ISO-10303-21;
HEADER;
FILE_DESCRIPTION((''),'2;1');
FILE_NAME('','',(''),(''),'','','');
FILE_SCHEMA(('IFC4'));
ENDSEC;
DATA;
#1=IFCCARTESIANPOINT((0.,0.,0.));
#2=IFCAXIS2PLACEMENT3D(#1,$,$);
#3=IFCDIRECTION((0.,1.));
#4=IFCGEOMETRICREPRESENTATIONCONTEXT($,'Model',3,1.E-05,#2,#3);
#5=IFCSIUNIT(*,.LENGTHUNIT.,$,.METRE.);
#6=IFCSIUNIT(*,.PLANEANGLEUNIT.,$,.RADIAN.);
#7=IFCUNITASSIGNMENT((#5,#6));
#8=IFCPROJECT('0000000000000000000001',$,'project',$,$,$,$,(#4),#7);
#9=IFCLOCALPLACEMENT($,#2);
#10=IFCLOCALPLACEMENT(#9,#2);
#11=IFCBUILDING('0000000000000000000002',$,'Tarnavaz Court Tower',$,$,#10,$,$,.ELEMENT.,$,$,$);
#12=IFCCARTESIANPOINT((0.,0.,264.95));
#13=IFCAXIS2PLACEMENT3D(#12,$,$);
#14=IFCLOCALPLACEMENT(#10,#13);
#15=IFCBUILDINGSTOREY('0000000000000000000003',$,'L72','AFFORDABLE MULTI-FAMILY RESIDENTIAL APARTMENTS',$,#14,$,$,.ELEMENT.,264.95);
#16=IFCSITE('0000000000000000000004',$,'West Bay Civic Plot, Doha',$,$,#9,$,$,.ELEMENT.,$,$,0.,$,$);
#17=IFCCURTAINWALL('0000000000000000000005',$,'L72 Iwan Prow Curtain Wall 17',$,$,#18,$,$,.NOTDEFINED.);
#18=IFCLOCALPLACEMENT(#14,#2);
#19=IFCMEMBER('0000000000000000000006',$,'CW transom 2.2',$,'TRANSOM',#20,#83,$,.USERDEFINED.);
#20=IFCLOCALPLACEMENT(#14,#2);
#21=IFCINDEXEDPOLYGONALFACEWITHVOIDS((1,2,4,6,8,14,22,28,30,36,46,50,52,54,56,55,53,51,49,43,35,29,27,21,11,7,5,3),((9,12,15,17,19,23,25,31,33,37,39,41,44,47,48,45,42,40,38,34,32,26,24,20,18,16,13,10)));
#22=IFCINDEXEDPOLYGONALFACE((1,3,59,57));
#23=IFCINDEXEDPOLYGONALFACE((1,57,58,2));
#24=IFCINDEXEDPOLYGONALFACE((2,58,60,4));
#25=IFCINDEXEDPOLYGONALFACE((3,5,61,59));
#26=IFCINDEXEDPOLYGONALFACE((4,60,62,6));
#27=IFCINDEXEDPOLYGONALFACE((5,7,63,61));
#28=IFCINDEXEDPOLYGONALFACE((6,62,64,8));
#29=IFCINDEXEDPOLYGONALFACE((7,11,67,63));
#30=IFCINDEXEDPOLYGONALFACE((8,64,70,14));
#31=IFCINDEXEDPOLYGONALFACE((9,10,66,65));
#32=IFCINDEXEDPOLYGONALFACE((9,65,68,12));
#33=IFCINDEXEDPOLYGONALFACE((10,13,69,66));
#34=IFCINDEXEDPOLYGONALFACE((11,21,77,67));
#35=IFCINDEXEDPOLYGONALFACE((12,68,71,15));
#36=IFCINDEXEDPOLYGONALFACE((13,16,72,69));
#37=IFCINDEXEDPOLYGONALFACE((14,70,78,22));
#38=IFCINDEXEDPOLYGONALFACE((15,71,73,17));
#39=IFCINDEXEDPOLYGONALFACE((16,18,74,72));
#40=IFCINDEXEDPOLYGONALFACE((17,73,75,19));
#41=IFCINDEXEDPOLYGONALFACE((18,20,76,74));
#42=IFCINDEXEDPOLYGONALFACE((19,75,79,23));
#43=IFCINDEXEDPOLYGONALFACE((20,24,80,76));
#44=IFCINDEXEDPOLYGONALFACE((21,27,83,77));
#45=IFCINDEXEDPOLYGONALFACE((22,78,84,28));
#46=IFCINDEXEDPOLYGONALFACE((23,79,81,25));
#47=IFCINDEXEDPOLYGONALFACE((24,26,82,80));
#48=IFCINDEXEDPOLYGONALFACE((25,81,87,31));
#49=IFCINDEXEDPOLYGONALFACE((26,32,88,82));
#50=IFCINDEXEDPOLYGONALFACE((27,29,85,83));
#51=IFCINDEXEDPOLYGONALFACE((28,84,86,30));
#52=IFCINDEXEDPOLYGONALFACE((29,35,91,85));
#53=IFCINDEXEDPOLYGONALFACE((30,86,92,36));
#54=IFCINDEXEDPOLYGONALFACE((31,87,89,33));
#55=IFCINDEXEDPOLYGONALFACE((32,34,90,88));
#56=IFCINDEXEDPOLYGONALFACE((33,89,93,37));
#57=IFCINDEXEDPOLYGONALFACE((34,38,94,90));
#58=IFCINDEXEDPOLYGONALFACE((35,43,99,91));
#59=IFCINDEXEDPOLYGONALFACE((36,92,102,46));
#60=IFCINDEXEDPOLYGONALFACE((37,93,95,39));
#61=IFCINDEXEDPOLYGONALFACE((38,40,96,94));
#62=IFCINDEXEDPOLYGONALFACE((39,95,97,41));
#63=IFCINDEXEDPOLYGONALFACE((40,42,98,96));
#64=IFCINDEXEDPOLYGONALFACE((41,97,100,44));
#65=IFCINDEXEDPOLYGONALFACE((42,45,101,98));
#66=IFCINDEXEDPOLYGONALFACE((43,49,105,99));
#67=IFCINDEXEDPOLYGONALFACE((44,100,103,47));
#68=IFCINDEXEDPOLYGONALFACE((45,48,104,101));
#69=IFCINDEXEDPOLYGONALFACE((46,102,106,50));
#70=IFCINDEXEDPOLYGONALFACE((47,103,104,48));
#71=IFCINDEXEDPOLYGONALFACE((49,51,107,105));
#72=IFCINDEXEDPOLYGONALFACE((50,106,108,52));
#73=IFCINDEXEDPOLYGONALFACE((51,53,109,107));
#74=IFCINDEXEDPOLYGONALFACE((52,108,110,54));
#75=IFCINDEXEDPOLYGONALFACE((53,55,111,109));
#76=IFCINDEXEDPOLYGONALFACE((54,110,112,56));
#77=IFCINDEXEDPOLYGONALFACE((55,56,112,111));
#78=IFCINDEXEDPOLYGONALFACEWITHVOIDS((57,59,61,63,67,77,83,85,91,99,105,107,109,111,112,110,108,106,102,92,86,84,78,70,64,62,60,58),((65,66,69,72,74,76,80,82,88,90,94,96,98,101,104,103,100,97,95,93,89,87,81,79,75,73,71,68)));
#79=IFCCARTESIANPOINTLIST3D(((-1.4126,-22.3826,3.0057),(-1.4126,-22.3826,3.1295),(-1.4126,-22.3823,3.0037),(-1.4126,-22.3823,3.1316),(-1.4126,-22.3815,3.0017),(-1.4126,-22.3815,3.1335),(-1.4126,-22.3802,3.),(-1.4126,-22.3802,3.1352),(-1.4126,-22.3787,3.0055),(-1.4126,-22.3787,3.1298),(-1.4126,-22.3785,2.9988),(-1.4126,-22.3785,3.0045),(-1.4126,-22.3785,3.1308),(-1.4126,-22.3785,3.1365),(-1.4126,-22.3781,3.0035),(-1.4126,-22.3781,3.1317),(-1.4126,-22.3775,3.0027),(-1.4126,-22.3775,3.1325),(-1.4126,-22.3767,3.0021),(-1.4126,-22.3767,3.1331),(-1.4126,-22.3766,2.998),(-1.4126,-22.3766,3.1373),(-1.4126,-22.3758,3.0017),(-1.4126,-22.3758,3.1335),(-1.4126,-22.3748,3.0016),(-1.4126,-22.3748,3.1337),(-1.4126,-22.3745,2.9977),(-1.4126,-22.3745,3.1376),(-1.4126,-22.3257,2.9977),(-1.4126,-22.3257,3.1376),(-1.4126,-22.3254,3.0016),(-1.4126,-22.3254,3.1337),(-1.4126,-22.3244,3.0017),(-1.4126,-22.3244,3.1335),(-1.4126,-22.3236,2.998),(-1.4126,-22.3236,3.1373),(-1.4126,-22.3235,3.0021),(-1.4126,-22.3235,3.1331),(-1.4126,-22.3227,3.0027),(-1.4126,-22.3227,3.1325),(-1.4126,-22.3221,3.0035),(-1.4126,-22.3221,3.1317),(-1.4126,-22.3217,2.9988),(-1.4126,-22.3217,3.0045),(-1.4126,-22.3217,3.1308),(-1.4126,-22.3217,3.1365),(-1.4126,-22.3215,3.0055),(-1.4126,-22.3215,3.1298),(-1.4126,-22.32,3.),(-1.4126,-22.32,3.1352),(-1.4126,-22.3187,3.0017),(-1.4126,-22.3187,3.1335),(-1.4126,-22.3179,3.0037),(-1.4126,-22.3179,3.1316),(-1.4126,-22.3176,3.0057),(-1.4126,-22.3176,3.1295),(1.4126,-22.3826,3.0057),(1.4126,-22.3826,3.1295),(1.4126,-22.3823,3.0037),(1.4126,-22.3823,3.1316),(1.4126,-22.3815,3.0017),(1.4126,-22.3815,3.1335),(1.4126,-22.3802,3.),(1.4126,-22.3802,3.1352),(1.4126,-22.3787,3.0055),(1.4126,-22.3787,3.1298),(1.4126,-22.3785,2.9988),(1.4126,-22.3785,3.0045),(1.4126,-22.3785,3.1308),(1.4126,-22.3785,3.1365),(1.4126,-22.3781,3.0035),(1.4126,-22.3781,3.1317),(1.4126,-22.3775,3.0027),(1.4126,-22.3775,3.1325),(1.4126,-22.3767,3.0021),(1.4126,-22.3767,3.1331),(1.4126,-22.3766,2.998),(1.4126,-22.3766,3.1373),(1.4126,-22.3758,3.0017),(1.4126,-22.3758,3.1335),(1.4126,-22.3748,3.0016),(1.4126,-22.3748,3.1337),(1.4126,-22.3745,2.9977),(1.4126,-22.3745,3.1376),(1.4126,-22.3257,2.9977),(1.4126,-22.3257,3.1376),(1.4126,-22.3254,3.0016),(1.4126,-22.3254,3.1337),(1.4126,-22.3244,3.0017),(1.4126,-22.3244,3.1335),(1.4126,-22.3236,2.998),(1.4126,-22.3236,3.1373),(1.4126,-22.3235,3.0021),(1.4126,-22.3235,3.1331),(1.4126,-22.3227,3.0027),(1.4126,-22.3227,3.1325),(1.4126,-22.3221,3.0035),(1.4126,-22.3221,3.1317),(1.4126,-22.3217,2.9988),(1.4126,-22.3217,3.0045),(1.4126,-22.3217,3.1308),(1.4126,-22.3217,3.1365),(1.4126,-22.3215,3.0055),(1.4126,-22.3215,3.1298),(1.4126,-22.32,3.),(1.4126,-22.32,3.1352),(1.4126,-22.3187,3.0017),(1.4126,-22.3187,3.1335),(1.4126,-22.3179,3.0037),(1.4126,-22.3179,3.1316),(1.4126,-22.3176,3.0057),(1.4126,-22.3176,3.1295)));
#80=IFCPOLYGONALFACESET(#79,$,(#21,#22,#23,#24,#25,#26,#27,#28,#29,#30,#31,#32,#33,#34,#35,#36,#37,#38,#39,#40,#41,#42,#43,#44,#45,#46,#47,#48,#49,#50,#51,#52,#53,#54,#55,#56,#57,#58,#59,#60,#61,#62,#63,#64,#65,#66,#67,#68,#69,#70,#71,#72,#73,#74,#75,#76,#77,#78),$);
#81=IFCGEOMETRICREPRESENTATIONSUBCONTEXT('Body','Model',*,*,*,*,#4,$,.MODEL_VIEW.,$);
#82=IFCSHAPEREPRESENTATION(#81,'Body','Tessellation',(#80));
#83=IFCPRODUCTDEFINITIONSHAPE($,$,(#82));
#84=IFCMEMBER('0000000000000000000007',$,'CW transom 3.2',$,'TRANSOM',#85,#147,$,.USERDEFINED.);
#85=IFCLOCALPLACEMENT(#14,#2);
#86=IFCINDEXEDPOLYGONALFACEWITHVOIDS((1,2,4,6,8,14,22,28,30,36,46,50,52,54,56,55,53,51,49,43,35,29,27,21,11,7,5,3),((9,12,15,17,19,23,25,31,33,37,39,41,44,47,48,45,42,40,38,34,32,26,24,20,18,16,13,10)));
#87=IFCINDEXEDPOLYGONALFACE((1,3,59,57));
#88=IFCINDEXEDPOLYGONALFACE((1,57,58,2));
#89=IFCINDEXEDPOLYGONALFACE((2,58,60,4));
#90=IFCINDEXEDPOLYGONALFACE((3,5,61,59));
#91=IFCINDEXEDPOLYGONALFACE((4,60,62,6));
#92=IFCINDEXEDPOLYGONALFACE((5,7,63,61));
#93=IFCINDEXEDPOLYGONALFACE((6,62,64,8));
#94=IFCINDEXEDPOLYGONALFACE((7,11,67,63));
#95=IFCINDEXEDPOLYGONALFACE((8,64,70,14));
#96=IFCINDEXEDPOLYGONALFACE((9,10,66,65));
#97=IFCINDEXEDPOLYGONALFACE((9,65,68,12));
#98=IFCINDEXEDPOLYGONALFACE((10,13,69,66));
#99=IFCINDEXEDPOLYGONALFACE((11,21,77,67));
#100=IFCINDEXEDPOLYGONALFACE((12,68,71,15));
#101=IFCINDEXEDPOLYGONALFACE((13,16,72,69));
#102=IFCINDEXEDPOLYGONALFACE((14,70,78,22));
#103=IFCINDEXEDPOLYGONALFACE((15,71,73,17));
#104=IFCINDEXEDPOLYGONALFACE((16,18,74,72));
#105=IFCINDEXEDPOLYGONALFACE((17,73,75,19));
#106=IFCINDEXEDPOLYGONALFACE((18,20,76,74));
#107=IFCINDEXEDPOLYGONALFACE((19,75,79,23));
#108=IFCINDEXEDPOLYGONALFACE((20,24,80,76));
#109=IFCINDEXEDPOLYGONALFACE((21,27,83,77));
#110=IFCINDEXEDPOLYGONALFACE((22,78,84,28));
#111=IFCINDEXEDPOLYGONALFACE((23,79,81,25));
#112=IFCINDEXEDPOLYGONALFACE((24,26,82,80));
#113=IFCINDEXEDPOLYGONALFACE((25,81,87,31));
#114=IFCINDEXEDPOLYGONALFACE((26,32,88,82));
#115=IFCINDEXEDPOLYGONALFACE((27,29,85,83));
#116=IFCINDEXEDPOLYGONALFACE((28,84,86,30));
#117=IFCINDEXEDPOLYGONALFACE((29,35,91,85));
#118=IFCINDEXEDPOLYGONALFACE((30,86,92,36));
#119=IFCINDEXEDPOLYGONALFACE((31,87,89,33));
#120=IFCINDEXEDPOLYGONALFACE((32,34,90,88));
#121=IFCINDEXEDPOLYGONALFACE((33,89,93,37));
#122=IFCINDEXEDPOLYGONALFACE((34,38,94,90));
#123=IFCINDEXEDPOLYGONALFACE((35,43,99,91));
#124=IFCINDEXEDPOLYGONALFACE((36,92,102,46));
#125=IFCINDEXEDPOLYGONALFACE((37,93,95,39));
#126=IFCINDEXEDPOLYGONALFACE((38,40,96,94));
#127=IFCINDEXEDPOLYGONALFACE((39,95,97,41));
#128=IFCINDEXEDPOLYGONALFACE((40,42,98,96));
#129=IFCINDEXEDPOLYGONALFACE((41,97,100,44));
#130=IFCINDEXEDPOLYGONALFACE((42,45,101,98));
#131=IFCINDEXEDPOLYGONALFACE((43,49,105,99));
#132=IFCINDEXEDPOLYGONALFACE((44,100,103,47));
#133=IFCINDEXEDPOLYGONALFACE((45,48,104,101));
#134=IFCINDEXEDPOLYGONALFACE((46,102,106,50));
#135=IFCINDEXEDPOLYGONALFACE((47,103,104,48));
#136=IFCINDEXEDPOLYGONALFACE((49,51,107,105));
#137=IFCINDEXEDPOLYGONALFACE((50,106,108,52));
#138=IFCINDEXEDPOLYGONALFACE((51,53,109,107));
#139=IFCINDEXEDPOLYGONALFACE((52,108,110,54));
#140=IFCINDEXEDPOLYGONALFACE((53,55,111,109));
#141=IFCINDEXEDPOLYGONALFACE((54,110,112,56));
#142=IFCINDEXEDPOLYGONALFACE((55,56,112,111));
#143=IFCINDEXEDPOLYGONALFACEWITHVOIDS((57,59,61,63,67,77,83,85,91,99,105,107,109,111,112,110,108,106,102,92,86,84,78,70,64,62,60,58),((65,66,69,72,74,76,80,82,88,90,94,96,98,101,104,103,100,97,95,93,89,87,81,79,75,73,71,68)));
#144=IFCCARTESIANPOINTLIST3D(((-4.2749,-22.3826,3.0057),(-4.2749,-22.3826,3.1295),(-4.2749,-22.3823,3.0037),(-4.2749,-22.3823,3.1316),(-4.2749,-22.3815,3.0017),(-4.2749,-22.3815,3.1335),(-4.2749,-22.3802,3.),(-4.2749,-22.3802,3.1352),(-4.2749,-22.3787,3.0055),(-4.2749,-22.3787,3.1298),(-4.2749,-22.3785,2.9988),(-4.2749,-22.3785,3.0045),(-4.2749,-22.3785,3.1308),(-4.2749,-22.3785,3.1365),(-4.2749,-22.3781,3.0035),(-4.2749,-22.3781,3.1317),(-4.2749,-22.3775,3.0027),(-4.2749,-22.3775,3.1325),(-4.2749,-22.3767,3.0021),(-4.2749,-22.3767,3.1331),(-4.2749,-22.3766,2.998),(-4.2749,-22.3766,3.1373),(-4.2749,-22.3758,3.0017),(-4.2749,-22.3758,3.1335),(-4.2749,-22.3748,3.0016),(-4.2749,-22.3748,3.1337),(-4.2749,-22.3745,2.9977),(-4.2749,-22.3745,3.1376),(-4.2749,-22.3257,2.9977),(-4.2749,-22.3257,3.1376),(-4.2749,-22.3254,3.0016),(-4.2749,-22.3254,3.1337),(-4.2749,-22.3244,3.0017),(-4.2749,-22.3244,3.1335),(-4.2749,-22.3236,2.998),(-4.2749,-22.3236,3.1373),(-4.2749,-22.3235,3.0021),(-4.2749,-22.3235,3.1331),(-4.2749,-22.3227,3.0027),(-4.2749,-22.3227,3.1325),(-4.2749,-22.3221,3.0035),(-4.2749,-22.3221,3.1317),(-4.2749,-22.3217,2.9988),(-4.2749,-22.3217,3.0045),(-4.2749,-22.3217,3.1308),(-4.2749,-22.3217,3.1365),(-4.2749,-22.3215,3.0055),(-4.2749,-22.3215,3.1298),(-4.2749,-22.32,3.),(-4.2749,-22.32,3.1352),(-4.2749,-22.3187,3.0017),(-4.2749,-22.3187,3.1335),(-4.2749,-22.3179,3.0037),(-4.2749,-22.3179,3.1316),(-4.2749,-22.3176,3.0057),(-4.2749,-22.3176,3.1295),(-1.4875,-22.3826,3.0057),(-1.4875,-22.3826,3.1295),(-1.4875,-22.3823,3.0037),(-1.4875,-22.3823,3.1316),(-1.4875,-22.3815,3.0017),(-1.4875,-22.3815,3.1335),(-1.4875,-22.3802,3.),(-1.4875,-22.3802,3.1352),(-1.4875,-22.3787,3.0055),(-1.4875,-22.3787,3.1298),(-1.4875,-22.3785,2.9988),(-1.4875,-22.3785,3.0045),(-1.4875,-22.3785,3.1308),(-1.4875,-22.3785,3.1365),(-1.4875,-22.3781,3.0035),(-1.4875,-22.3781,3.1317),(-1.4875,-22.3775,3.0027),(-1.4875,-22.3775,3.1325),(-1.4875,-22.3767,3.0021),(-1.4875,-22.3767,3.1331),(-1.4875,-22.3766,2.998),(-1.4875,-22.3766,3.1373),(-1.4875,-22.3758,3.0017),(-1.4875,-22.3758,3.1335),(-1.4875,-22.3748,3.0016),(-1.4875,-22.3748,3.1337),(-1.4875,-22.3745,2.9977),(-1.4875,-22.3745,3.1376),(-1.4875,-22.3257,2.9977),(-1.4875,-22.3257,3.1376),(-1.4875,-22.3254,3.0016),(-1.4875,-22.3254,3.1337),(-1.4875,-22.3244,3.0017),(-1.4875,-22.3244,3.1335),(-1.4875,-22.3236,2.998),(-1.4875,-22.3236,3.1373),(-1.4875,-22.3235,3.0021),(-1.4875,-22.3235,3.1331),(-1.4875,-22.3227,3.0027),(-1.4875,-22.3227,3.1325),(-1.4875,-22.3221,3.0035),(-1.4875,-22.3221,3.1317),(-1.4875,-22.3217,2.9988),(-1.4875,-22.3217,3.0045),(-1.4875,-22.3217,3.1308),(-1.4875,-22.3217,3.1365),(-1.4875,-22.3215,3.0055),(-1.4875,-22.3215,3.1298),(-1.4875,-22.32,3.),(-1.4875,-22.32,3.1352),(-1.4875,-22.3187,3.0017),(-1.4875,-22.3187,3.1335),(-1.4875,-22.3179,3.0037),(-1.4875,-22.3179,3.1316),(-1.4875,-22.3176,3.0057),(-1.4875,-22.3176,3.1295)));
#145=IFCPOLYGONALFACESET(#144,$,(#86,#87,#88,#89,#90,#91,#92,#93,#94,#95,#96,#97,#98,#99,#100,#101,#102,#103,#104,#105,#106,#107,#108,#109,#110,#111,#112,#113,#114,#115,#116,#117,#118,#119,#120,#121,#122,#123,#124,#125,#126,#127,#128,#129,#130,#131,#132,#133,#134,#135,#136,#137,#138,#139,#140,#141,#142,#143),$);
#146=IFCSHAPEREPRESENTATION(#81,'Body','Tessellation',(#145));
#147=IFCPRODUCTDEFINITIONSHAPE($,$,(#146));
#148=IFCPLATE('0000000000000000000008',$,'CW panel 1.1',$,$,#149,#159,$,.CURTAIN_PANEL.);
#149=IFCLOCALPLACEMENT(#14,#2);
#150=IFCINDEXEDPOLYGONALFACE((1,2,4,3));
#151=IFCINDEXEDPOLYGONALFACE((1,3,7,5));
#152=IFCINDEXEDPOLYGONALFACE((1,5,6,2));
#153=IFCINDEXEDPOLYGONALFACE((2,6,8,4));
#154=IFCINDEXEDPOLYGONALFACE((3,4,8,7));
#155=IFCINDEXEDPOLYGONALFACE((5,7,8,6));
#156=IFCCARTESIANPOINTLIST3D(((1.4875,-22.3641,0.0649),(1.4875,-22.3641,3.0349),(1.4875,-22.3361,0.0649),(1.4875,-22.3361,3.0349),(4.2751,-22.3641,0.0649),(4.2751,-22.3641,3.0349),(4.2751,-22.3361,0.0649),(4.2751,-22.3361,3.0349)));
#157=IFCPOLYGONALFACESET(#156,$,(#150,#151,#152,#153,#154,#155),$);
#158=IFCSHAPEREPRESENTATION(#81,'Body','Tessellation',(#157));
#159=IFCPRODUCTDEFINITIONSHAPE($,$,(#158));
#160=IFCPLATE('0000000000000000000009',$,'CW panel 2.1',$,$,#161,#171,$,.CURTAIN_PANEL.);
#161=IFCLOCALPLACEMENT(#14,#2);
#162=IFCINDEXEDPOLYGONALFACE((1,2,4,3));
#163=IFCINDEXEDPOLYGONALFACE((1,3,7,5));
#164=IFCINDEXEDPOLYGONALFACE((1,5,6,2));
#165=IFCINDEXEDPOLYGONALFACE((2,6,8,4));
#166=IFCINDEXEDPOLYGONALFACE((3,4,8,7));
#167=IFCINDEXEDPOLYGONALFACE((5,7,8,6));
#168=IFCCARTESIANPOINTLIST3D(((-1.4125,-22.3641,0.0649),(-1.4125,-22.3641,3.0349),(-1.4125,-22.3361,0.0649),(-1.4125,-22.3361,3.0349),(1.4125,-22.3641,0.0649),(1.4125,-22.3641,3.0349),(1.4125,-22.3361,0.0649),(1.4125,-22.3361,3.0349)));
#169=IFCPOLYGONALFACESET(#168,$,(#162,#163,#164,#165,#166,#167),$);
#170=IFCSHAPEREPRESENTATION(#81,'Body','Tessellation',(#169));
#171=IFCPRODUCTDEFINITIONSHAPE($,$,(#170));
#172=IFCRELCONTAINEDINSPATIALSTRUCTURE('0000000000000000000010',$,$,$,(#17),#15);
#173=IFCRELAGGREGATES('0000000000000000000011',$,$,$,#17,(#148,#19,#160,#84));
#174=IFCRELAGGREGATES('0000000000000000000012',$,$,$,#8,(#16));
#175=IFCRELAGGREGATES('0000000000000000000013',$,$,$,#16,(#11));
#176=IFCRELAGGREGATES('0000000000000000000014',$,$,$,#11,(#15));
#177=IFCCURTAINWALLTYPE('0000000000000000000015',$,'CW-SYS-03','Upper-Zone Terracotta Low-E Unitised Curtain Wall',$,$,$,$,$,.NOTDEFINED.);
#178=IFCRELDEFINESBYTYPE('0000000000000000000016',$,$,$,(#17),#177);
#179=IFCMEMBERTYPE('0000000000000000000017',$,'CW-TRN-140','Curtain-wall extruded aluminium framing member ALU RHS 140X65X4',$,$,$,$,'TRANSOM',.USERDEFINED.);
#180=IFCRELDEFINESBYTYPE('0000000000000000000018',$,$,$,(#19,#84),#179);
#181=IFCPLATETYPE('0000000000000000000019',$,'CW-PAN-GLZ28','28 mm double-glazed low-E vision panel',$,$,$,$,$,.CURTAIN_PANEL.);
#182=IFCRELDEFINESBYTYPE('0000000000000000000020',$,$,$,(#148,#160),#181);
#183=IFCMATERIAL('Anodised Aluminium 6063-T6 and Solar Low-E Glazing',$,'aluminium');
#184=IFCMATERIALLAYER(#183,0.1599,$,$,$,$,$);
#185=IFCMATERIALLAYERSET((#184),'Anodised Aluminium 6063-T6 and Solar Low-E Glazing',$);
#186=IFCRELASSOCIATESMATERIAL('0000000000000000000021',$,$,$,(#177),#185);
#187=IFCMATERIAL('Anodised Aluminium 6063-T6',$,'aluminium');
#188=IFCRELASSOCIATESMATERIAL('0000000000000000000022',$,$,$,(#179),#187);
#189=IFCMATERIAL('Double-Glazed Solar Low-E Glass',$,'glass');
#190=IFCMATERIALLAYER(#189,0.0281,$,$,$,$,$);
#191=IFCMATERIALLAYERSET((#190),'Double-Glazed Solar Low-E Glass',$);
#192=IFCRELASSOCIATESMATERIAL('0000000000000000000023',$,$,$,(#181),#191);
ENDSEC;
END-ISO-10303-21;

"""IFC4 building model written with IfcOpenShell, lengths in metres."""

from ifc_helpers import new_model, si_unit, direction, frame, origin, origin_2d, place, context, subcontext, project, spatial, rectangle, hollow_rectangle, extrude, material, layer, layer_set, material_profile, profile_set, type_object, element, aggregate, save


model = new_model("IFC4")

# Units and contexts
model_context = context("Model", 3, precision=1e-05, world=origin(), true_north=direction((0.0, 1.0)))
body_context = subcontext(model_context, "Body", "Model", "MODEL_VIEW")
ifc_project = project(units=[si_unit("LENGTHUNIT", "METRE"), si_unit("PLANEANGLEUNIT", "RADIAN")], contexts=[model_context])

# Site, building, storey
site_placement = place(None, origin())
site = spatial("IfcSite", under=ifc_project, at=site_placement, Name="West Bay Civic Plot, Doha", CompositionType="ELEMENT", RefElevation=0.0)
building_placement = place(site_placement, origin())
building = spatial("IfcBuilding", under=site, at=building_placement, Name="Tarnavaz Court Tower", CompositionType="ELEMENT")
storey_placement = place(building_placement, frame((0.0, 0.0, 264.95)))
storey = spatial("IfcBuildingStorey", under=building, at=storey_placement, Name="L72", Description="AFFORDABLE MULTI-FAMILY RESIDENTIAL APARTMENTS", CompositionType="ELEMENT", Elevation=264.95)

# Curtain wall, members, plates
ifc_material_1 = material(Name="Anodised Aluminium 6063-T6 and Solar Low-E Glazing", Category="aluminium")
ifc_layer_1 = layer(ifc_material_1, 0.1599)
ifc_layer_set_1 = layer_set([ifc_layer_1], Name="Anodised Aluminium 6063-T6 and Solar Low-E Glazing")
curtain_wall_type = type_object("IfcCurtainWallType", Name="CW-SYS-03", Description="Upper-Zone Terracotta Low-E Unitised Curtain Wall", PredefinedType="NOTDEFINED", material=ifc_layer_set_1)
curtain_wall_placement = place(storey_placement, origin())
curtain_wall = element("IfcCurtainWall", 1, at=curtain_wall_placement, inside=storey, type_object=curtain_wall_type, Name="L72 Iwan Prow Curtain Wall 17", PredefinedType="NOTDEFINED")
ifc_material_2 = material(Name="Anodised Aluminium 6063-T6", Category="aluminium")
ifc_material_profile_1 = material_profile(ifc_material_2, hollow_rectangle(XDim=0.0649, YDim=0.1399, WallThickness=0.0039, InnerFilletRadius=0.0039, OuterFilletRadius=0.0081, at=origin_2d()), Name="ALU RHS 140X65X4")
ifc_profile_set_1 = profile_set([ifc_material_profile_1], Name="Anodised Aluminium 6063-T6")
member_type_1 = type_object("IfcMemberType", Name="CW-TRN-140", Description="Curtain-wall extruded aluminium framing member ALU RHS 140X65X4", ElementType="TRANSOM", PredefinedType="USERDEFINED", material=ifc_profile_set_1)
member_1_placement = place(storey_placement, frame((1.4126, -22.3501, 3.0676), z_axis=(-1.0, 0.0, 0.0), x_axis=(0.0, -1.0, 0.0)))
member_1 = element("IfcMember", 2, at=member_1_placement, type_object=member_type_1, Name="CW transom 2.2", ObjectType="TRANSOM", PredefinedType="USERDEFINED", context=body_context, shape_type="SweptSolid", body=[
    extrude(hollow_rectangle(XDim=0.0649, YDim=0.1399, WallThickness=0.0039, InnerFilletRadius=0.0039, OuterFilletRadius=0.0081, at=origin_2d()), origin(), (0.0, 0.0, 1.0), 2.8252),
])
member_2_placement = place(storey_placement, frame((-1.4875, -22.3501, 3.0676), z_axis=(-1.0, 0.0, 0.0), x_axis=(0.0, -1.0, 0.0)))
member_2 = element("IfcMember", 3, at=member_2_placement, type_object=member_type_1, Name="CW transom 3.2", ObjectType="TRANSOM", PredefinedType="USERDEFINED", context=body_context, shape_type="SweptSolid", body=[
    extrude(hollow_rectangle(XDim=0.0649, YDim=0.1399, WallThickness=0.0039, InnerFilletRadius=0.0039, OuterFilletRadius=0.0081, at=origin_2d()), origin(), (0.0, 0.0, 1.0), 2.7874),
])
ifc_material_3 = material(Name="Double-Glazed Solar Low-E Glass", Category="glass")
ifc_layer_2 = layer(ifc_material_3, 0.0281)
ifc_layer_set_2 = layer_set([ifc_layer_2], Name="Double-Glazed Solar Low-E Glass")
plate_type = type_object("IfcPlateType", Name="CW-PAN-GLZ28", Description="28 mm double-glazed low-E vision panel", PredefinedType="CURTAIN_PANEL", material=ifc_layer_set_2)
plate_1_placement = place(storey_placement, frame((2.8813, -22.3501, 0.0649), z_axis=(0.0, 0.0, 1.0), x_axis=(-1.0, 0.0, 0.0)))
plate_1 = element("IfcPlate", 4, at=plate_1_placement, type_object=plate_type, Name="CW panel 1.1", PredefinedType="CURTAIN_PANEL", context=body_context, shape_type="SweptSolid", body=[
    extrude(rectangle(XDim=2.7876, YDim=0.0281, at=origin_2d()), origin(), (0.0, 0.0, 1.0), 2.97),
])
plate_2_placement = place(storey_placement, frame((0.0, -22.3501, 0.0649), z_axis=(0.0, 0.0, 1.0), x_axis=(-1.0, 0.0, 0.0)))
plate_2 = element("IfcPlate", 5, at=plate_2_placement, type_object=plate_type, Name="CW panel 2.1", PredefinedType="CURTAIN_PANEL", context=body_context, shape_type="SweptSolid", body=[
    extrude(rectangle(XDim=2.825, YDim=0.0281, at=origin_2d()), origin(), (0.0, 0.0, 1.0), 2.97),
])
aggregate(curtain_wall, [plate_1, member_1, plate_2, member_2])

save(model, "model.ifc")
